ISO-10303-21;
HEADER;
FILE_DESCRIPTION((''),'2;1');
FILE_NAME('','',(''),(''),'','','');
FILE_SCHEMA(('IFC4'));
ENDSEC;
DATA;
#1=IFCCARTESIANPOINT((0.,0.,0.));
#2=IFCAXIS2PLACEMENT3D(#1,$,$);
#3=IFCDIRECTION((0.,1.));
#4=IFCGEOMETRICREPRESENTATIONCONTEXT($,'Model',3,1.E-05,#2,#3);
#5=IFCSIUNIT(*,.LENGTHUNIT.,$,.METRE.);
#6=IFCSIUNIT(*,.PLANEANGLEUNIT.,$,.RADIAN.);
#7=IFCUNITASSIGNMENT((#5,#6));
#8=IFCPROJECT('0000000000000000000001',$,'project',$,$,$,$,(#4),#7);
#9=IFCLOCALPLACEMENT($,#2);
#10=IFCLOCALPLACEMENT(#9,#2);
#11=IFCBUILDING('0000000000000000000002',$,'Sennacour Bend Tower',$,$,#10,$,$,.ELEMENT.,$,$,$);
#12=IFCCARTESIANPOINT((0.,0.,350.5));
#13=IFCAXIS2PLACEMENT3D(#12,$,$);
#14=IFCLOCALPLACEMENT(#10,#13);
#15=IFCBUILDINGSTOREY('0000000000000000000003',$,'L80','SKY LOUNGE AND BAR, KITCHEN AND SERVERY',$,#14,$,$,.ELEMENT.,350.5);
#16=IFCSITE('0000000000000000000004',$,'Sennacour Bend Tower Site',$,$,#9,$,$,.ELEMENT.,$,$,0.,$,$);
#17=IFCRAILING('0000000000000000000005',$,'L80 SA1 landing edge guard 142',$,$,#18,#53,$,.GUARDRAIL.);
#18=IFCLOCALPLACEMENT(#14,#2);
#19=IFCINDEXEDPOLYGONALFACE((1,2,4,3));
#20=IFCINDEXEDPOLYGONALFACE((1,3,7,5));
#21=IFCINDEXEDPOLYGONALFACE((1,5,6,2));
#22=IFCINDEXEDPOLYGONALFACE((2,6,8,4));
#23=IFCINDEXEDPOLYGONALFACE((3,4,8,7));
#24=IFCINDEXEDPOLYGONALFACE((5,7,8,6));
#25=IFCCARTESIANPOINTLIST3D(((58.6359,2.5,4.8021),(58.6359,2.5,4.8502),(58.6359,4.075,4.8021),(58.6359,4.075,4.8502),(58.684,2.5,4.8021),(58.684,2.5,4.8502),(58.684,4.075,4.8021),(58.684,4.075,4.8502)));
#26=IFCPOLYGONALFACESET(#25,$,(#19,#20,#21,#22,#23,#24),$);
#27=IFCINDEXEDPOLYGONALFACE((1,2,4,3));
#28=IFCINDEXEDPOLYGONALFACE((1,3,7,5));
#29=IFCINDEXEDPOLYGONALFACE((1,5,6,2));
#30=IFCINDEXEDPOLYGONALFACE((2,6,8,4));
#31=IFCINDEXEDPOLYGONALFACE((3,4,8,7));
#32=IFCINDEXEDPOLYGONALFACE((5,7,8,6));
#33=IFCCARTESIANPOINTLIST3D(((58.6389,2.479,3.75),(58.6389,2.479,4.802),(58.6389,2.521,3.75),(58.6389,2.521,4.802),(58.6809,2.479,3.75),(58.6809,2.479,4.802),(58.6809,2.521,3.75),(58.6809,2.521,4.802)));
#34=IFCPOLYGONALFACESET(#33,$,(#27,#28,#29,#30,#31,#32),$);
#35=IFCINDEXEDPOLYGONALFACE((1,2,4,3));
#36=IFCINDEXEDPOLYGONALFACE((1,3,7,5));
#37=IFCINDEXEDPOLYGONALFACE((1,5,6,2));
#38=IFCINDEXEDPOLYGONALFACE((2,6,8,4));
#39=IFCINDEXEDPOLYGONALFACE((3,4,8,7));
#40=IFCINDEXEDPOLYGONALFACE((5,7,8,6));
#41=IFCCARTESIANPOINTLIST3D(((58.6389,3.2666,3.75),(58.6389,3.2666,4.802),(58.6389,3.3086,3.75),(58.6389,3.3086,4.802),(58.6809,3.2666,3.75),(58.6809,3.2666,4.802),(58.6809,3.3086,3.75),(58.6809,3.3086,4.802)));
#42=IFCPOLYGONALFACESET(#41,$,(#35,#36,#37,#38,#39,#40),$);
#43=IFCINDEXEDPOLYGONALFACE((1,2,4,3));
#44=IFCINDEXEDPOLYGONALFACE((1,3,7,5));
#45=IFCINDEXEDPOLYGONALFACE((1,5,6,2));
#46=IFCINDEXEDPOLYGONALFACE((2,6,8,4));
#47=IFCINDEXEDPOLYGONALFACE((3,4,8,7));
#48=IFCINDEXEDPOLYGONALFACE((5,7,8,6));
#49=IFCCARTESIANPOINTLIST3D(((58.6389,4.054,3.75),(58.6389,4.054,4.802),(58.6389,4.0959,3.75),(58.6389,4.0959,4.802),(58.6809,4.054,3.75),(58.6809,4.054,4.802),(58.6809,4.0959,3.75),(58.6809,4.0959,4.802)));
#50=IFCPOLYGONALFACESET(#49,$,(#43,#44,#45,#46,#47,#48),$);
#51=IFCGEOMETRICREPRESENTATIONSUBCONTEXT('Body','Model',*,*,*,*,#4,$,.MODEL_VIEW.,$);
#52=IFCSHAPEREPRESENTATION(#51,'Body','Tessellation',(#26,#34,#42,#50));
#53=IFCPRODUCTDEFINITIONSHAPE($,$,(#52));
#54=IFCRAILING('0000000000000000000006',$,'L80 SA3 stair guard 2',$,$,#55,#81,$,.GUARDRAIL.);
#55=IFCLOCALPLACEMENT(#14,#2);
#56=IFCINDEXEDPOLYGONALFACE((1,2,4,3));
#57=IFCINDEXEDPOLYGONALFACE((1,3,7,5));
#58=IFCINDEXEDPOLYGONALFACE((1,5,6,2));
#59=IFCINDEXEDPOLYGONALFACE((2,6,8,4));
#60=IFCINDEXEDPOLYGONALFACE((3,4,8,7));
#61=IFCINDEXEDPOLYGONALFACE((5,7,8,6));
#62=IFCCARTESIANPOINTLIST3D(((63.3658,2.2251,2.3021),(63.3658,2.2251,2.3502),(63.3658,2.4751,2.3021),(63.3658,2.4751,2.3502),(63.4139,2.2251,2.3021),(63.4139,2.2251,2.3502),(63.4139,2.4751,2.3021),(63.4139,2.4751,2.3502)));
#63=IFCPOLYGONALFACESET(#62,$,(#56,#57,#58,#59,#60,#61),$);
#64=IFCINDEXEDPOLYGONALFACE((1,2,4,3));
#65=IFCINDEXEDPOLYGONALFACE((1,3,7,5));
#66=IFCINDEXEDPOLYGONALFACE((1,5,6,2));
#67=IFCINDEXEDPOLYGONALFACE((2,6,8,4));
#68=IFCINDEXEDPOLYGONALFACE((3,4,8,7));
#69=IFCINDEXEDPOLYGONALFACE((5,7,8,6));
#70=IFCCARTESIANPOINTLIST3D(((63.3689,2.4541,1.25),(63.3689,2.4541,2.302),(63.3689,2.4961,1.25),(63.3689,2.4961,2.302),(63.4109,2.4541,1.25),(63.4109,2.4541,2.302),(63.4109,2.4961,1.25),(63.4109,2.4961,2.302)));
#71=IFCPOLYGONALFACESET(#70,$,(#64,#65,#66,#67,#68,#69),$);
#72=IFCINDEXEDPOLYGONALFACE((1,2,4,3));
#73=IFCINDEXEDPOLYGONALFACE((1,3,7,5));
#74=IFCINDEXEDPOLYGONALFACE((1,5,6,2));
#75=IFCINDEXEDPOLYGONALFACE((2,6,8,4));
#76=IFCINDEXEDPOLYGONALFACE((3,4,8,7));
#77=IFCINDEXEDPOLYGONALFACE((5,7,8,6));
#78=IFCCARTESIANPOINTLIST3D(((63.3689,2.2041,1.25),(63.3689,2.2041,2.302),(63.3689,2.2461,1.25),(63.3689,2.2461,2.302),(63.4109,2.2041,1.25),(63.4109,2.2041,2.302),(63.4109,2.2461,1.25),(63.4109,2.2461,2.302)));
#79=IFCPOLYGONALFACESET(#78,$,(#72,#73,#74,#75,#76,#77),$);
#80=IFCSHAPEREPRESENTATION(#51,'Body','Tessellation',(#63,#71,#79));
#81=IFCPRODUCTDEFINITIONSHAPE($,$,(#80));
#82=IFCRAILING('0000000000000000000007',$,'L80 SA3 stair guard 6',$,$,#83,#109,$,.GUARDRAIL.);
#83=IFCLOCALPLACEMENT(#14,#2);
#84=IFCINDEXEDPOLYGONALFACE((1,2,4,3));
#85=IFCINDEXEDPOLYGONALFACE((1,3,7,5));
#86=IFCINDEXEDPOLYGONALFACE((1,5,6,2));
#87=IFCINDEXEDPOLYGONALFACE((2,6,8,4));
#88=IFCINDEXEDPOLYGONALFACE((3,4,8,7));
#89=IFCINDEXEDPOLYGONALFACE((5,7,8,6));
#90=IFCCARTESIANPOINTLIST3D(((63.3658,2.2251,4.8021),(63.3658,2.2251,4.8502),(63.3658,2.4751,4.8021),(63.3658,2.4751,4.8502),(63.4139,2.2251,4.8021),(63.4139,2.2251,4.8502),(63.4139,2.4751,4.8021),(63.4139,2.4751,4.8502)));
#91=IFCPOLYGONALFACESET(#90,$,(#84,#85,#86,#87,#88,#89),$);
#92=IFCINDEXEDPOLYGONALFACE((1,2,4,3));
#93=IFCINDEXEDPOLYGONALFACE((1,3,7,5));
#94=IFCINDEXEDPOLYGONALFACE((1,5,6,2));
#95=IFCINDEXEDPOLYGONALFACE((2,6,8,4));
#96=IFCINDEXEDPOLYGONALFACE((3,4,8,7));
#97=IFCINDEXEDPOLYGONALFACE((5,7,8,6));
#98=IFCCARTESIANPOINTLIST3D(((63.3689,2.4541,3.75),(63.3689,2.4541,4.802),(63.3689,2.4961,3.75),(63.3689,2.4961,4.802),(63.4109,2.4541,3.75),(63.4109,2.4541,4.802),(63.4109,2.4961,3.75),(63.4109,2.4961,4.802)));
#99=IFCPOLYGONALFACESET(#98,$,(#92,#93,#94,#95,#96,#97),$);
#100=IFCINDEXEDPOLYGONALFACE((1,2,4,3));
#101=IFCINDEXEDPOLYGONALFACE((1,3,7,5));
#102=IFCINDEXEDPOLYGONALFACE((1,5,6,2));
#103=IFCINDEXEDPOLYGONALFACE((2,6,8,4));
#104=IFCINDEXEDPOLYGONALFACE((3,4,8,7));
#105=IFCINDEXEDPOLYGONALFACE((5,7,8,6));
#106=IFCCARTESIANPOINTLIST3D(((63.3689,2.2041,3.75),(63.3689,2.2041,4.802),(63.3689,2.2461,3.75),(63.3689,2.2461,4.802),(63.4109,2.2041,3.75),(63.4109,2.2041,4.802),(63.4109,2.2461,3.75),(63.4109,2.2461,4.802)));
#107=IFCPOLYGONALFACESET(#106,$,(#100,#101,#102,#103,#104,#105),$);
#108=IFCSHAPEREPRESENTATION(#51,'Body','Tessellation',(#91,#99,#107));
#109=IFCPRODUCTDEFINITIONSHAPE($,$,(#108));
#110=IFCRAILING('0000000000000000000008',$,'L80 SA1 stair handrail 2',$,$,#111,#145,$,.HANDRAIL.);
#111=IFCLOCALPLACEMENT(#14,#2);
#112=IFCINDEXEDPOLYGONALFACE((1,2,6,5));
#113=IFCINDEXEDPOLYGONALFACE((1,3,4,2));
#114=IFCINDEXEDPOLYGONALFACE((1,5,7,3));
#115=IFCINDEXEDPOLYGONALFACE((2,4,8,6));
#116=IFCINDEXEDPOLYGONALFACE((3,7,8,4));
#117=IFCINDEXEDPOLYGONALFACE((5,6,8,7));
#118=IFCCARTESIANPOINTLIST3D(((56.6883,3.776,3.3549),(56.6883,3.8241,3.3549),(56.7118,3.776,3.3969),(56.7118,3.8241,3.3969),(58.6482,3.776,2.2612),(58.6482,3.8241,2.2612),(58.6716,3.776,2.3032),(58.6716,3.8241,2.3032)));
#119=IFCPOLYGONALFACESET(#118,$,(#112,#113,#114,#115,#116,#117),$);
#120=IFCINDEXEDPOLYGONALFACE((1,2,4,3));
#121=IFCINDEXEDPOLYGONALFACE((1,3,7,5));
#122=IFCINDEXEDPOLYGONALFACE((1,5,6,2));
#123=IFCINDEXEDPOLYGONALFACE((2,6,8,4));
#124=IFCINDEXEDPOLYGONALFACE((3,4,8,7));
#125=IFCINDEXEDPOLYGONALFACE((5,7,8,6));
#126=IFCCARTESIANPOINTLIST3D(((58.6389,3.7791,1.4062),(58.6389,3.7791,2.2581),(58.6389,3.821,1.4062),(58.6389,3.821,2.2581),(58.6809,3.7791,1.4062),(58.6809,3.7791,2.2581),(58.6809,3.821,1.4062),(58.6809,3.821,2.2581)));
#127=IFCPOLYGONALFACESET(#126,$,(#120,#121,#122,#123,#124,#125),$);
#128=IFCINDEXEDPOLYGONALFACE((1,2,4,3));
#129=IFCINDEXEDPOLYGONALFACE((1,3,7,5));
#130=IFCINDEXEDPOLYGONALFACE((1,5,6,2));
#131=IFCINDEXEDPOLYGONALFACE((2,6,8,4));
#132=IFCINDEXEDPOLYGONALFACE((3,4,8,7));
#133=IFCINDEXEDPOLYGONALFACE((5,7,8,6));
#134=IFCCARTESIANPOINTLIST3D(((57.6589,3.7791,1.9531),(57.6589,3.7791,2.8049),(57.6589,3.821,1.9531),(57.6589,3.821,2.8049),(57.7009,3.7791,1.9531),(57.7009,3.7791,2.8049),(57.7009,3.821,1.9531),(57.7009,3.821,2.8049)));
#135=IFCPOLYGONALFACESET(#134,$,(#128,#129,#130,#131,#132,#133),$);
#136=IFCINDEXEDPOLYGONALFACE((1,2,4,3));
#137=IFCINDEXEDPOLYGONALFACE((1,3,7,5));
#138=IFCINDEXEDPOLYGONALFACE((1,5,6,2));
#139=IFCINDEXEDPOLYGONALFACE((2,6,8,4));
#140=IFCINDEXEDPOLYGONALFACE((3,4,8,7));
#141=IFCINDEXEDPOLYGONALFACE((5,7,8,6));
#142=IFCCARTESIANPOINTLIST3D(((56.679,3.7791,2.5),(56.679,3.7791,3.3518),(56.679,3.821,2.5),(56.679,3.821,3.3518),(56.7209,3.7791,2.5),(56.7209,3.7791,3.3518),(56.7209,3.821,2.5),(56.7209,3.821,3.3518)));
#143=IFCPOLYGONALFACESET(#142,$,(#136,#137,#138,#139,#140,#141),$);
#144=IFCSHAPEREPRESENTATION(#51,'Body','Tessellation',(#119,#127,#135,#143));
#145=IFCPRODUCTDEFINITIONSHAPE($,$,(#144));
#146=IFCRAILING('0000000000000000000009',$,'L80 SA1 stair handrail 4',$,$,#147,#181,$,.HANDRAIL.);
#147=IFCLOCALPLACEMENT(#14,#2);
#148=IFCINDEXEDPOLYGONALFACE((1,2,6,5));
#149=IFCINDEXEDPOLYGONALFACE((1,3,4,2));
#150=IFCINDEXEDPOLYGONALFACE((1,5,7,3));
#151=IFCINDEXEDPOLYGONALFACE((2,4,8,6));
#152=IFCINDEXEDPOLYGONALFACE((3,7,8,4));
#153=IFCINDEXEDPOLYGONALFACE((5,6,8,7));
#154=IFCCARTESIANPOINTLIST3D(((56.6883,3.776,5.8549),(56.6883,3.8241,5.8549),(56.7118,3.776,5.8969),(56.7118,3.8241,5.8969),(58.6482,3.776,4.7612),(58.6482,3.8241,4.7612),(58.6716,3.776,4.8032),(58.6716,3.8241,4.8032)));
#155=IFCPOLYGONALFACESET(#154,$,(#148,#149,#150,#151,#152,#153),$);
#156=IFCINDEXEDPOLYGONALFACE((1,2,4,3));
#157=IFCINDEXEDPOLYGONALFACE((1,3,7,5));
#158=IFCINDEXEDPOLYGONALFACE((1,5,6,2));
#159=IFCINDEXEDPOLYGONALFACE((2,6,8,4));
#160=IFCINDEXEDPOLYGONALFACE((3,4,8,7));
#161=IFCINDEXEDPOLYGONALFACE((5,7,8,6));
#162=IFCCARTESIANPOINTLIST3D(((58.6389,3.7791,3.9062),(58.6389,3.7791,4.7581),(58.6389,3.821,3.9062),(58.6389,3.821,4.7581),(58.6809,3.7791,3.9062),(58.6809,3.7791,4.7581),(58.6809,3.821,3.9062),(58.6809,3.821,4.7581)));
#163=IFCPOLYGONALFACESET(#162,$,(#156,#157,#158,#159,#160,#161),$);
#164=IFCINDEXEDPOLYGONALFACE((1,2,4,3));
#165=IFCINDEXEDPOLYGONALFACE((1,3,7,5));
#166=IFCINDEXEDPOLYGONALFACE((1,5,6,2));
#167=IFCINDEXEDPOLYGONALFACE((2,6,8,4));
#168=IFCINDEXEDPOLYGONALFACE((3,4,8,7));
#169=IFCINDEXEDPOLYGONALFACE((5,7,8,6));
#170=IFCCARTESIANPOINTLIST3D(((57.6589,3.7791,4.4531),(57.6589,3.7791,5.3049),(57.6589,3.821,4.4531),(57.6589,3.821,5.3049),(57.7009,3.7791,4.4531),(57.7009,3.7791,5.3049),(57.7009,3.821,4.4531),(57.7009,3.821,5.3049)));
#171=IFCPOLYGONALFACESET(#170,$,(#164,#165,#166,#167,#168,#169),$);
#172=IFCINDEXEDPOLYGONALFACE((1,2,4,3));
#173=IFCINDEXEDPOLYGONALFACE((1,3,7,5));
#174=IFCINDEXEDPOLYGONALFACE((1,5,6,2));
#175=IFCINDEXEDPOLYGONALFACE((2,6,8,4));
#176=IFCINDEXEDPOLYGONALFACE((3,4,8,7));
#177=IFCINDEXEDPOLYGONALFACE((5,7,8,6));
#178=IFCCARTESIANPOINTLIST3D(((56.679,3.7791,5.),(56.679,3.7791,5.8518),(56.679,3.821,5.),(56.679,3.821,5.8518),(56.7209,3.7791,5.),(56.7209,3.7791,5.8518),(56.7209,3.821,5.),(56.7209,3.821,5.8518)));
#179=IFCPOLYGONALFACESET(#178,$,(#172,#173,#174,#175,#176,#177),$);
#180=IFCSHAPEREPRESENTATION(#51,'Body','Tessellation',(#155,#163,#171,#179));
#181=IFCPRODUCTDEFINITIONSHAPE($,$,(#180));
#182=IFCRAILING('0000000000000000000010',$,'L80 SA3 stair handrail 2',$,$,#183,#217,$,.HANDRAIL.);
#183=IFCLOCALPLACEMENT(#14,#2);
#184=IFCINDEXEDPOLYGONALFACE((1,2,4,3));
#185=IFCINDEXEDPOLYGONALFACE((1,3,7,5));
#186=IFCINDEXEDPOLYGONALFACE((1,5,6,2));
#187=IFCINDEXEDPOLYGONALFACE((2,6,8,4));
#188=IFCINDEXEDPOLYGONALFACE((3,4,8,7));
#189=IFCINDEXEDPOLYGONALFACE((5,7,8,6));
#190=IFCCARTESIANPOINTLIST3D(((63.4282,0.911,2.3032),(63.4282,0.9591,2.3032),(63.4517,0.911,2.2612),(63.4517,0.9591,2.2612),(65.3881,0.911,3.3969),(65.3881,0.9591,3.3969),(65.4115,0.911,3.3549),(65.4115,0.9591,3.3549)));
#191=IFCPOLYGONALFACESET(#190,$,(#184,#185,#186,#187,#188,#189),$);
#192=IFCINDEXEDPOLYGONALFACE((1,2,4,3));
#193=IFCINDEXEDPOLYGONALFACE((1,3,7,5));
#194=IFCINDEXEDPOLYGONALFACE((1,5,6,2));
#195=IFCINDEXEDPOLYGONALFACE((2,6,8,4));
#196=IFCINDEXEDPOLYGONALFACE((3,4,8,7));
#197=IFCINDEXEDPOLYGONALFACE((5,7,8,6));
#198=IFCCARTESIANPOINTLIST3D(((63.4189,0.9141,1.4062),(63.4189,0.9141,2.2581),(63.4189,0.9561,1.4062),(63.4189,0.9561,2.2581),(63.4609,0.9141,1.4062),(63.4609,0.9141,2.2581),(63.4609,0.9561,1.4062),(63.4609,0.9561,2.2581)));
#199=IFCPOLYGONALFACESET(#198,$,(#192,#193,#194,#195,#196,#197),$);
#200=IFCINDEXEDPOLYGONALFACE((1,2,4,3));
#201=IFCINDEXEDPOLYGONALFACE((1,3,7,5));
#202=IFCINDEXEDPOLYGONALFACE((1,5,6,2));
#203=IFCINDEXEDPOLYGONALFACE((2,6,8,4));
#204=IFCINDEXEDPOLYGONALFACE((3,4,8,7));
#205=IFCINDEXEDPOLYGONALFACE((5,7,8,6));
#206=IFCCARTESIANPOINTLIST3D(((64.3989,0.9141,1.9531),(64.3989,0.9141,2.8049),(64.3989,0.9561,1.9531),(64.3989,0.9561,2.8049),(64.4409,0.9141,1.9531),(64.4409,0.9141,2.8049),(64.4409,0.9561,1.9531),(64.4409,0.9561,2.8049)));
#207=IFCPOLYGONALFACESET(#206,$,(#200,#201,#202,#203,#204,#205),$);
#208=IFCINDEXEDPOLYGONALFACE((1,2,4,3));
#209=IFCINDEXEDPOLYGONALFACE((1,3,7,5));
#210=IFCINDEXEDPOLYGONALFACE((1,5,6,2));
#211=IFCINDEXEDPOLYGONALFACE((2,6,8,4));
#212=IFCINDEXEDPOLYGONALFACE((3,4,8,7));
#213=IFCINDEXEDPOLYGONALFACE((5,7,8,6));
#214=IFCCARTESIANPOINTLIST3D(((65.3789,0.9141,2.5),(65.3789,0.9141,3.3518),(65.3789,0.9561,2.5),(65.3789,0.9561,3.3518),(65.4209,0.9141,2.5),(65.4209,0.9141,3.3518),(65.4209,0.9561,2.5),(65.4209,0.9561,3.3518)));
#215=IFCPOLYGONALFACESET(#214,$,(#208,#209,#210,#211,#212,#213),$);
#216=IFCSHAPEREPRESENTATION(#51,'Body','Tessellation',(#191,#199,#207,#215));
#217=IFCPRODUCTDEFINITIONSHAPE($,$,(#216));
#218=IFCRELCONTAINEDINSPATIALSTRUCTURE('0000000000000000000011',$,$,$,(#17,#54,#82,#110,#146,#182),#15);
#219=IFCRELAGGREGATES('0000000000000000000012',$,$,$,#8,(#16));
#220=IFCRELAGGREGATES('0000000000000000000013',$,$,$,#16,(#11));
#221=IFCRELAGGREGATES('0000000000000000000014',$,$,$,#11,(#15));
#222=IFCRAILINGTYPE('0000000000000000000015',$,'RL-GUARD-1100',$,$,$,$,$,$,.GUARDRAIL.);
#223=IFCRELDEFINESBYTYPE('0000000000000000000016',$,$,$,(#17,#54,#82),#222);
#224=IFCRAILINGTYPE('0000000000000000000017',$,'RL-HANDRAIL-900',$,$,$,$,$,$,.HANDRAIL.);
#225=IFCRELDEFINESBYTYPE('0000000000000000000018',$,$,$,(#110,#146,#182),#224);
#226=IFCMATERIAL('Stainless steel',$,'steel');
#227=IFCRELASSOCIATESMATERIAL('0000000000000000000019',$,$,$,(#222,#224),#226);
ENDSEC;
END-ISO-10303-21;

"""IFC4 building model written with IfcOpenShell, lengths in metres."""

from ifc_helpers import new_model, si_unit, direction, frame, origin, origin_2d, place, context, subcontext, project, spatial, rectangle, extrude, material, type_object, element, save


model = new_model("IFC4")

# Units and contexts
model_context = context("Model", 3, precision=1e-05, world=origin(), true_north=direction((0.0, 1.0)))
body_context = subcontext(model_context, "Body", "Model", "MODEL_VIEW")
ifc_project = project(units=[si_unit("LENGTHUNIT", "METRE"), si_unit("PLANEANGLEUNIT", "RADIAN")], contexts=[model_context])

# Site, building, storey
site_placement = place(None, origin())
site = spatial("IfcSite", under=ifc_project, at=site_placement, Name="Sennacour Bend Tower Site", CompositionType="ELEMENT", RefElevation=0.0)
building_placement = place(site_placement, origin())
building = spatial("IfcBuilding", under=site, at=building_placement, Name="Sennacour Bend Tower", CompositionType="ELEMENT")
storey_placement = place(building_placement, frame((0.0, 0.0, 350.5)))
storey = spatial("IfcBuildingStorey", under=building, at=storey_placement, Name="L80", Description="SKY LOUNGE AND BAR, KITCHEN AND SERVERY", CompositionType="ELEMENT", Elevation=350.5)

# Railings
ifc_material_1 = material(Name="Stainless steel", Category="steel")
railing_type_1 = type_object("IfcRailingType", Name="RL-GUARD-1100", PredefinedType="GUARDRAIL", material=ifc_material_1)
railing_1_placement = place(storey_placement, frame((58.6599, 2.5, 3.75)))
element("IfcRailing", 1, at=railing_1_placement, inside=storey, type_object=railing_type_1, Name="L80 SA1 landing edge guard 142", PredefinedType="GUARDRAIL", context=body_context, shape_type="SweptSolid", body=[
    extrude(rectangle(XDim=0.0481, YDim=0.0481, at=origin_2d()), frame((0.0, 0.0, 1.0762), z_axis=(0.0, 1.0, 0.0), x_axis=(-1.0, 0.0, 0.0)), (0.0, 0.0, 1.0), 1.575),
    extrude(rectangle(XDim=0.042, YDim=0.042, at=origin_2d()), origin(), (0.0, 0.0, 1.0), 1.052),
    extrude(rectangle(XDim=0.042, YDim=0.042, at=origin_2d()), frame((0.0, 0.7876, 0.0)), (0.0, 0.0, 1.0), 1.052),
    extrude(rectangle(XDim=0.042, YDim=0.042, at=origin_2d()), frame((0.0, 1.575, 0.0)), (0.0, 0.0, 1.0), 1.052),
])
for number, where, name in (
    (2, (63.3899, 2.4751, 1.25), "L80 SA3 stair guard 2"),
    (3, (63.3899, 2.4751, 3.75), "L80 SA3 stair guard 6"),
):
    element("IfcRailing", number, at=place(storey_placement, frame(where)), inside=storey, type_object=railing_type_1, Name=name, PredefinedType="GUARDRAIL", context=body_context, shape_type="SweptSolid", body=[
        extrude(rectangle(XDim=0.0481, YDim=0.0481, at=origin_2d()), frame((0.0, 0.0, 1.0762), z_axis=(0.0, -1.0, 0.0), x_axis=(1.0, 0.0, 0.0)), (0.0, 0.0, 1.0), 0.25),
        extrude(rectangle(XDim=0.042, YDim=0.042, at=origin_2d()), origin(), (0.0, 0.0, 1.0), 1.052),
        extrude(rectangle(XDim=0.042, YDim=0.042, at=origin_2d()), frame((0.0, -0.25, 0.0)), (0.0, 0.0, 1.0), 1.052),
    ])
railing_type_2 = type_object("IfcRailingType", Name="RL-HANDRAIL-900", PredefinedType="HANDRAIL", material=ifc_material_1)
for number, where, name in (
    (4, (58.6599, 3.8, 1.4062), "L80 SA1 stair handrail 2"),
    (5, (58.6599, 3.8, 3.9062), "L80 SA1 stair handrail 4"),
):
    element("IfcRailing", number, at=place(storey_placement, frame(where)), inside=storey, type_object=railing_type_2, Name=name, PredefinedType="HANDRAIL", context=body_context, shape_type="SweptSolid", body=[
        extrude(rectangle(XDim=0.0481, YDim=0.0481, at=origin_2d()), frame((0.0, 0.0, 0.876), z_axis=(-0.873232, 0.0, 0.487304), x_axis=(0.0, -1.0, 0.0)), (0.0, 0.0, 1.0), 2.2444),
        extrude(rectangle(XDim=0.042, YDim=0.042, at=origin_2d()), origin(), (0.0, 0.0, 1.0), 0.8518),
        extrude(rectangle(XDim=0.042, YDim=0.042, at=origin_2d()), frame((-0.98, 0.0, 0.5469)), (0.0, 0.0, 1.0), 0.8518),
        extrude(rectangle(XDim=0.042, YDim=0.042, at=origin_2d()), frame((-1.96, 0.0, 1.0938)), (0.0, 0.0, 1.0), 0.8518),
    ])
for number, where, name in (
    (6, (63.4399, 0.9351, 1.4062), "L80 SA3 stair handrail 2"),
):
    element("IfcRailing", number, at=place(storey_placement, frame(where)), inside=storey, type_object=railing_type_2, Name=name, PredefinedType="HANDRAIL", context=body_context, shape_type="SweptSolid", body=[
        extrude(rectangle(XDim=0.0481, YDim=0.0481, at=origin_2d()), frame((0.0, 0.0, 0.876), z_axis=(0.873232, 0.0, 0.487304), x_axis=(0.0, 1.0, 0.0)), (0.0, 0.0, 1.0), 2.2444),
        extrude(rectangle(XDim=0.042, YDim=0.042, at=origin_2d()), origin(), (0.0, 0.0, 1.0), 0.8518),
        extrude(rectangle(XDim=0.042, YDim=0.042, at=origin_2d()), frame((0.98, 0.0, 0.5469)), (0.0, 0.0, 1.0), 0.8518),
        extrude(rectangle(XDim=0.042, YDim=0.042, at=origin_2d()), frame((1.96, 0.0, 1.0938)), (0.0, 0.0, 1.0), 0.8518),
    ])

save(model, "model.ifc")
